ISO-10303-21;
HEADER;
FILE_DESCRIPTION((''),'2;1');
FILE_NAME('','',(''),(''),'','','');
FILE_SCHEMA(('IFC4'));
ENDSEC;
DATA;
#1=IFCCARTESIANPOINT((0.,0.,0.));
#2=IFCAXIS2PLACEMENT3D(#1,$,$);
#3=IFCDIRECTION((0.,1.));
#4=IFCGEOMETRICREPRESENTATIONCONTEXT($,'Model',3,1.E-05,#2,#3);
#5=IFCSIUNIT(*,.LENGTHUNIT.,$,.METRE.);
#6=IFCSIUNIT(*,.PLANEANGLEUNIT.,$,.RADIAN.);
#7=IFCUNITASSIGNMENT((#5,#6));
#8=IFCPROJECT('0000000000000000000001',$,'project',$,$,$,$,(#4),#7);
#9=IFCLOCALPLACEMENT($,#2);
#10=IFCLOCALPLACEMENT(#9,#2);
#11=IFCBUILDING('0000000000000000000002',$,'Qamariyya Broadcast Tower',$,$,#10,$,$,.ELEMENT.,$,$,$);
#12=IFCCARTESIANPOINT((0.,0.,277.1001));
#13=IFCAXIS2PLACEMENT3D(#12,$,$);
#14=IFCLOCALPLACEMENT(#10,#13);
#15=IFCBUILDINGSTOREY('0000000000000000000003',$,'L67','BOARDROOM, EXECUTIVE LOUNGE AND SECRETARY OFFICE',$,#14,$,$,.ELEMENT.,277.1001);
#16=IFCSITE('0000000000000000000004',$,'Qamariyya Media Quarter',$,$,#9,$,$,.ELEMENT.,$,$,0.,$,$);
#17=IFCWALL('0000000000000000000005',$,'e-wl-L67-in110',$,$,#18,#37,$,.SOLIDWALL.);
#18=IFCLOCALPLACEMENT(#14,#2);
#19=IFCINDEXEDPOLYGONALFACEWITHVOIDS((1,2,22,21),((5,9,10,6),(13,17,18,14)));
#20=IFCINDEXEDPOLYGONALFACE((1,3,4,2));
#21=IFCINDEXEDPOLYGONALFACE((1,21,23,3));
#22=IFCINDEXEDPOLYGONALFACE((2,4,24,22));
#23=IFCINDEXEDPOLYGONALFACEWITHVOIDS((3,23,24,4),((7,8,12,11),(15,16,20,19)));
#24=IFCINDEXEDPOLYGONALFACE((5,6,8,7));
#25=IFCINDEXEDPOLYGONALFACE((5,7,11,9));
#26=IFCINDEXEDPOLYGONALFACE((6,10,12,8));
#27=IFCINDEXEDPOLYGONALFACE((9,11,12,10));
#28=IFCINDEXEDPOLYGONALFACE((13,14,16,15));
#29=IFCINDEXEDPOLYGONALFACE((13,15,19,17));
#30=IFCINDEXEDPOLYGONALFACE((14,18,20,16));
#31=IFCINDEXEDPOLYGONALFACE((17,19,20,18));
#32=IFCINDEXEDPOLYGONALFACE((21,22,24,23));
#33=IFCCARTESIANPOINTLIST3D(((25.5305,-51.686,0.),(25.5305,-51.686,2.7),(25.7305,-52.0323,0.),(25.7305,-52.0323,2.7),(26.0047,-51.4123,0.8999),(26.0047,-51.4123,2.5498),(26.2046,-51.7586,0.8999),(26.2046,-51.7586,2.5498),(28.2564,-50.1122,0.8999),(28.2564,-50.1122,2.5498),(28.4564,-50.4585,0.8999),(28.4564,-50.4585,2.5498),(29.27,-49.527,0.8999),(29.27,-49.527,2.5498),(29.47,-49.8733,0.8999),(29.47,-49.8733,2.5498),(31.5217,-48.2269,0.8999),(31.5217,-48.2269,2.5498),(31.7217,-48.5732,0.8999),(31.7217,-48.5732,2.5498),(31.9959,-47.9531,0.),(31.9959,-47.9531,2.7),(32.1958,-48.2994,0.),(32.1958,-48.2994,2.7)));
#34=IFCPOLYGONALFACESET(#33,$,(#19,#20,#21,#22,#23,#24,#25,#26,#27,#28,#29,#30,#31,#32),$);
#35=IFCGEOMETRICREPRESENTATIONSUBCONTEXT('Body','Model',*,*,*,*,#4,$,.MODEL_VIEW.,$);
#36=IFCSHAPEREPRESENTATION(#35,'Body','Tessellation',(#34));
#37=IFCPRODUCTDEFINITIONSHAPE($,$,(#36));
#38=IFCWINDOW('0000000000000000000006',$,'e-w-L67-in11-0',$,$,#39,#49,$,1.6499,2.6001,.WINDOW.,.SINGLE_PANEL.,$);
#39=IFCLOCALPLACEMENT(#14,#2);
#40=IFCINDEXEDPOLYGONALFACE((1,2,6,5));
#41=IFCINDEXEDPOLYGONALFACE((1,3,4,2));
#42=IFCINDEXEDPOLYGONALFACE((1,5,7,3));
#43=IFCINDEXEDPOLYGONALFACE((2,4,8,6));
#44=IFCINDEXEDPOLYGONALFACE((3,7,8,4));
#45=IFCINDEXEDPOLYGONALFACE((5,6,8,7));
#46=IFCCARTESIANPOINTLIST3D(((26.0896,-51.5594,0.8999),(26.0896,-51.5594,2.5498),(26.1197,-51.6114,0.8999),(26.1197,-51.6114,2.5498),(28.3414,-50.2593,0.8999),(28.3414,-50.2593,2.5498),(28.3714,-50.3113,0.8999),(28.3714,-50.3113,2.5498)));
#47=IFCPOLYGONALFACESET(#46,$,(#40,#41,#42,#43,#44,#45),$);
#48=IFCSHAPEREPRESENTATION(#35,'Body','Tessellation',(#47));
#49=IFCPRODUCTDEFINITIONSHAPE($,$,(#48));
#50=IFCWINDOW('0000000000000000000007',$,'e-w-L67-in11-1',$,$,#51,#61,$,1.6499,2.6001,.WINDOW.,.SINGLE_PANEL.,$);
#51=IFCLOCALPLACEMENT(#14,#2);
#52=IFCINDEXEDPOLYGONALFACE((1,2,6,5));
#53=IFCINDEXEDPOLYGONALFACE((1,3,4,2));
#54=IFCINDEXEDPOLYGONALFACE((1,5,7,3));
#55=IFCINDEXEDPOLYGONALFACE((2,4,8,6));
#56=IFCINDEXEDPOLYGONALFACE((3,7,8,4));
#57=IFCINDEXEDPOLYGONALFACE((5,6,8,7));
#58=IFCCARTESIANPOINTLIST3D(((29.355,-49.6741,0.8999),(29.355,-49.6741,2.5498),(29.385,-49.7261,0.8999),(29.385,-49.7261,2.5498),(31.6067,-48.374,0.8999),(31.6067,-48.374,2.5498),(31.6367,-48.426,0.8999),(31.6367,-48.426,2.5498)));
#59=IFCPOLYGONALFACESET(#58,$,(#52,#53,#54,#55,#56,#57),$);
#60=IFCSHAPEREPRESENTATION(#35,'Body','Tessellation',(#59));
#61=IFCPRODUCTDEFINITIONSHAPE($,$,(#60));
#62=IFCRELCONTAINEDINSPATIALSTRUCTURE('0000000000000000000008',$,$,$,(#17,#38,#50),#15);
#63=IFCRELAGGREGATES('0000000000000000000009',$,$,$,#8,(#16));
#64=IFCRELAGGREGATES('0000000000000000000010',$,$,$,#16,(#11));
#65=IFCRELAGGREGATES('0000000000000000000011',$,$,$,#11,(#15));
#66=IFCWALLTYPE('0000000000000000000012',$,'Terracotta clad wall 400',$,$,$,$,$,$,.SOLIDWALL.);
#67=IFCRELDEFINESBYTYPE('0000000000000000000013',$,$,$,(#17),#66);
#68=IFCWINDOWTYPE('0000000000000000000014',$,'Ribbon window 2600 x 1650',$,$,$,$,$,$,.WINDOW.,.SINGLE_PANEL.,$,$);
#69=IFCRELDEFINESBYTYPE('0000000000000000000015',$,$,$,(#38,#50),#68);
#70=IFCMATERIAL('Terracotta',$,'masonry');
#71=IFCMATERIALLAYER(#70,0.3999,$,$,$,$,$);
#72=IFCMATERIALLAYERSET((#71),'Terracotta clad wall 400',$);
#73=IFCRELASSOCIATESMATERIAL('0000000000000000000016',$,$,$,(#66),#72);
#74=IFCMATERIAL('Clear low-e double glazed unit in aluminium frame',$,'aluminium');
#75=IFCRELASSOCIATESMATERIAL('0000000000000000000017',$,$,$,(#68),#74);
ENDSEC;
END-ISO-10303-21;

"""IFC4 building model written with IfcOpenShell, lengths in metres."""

from ifc_helpers import new_model, si_unit, direction, frame, frame_2d, origin, place, context, subcontext, project, spatial, rectangle, extrude, material, layer, layer_set, type_object, element, fill, save


model = new_model("IFC4")

# Units and contexts
model_context = context("Model", 3, precision=1e-05, world=origin(), true_north=direction((0.0, 1.0)))
body_context = subcontext(model_context, "Body", "Model", "MODEL_VIEW")
ifc_project = project(units=[si_unit("LENGTHUNIT", "METRE"), si_unit("PLANEANGLEUNIT", "RADIAN")], contexts=[model_context])

# Site, building, storey
site_placement = place(None, origin())
building_placement = place(site_placement, origin())
storey_placement = place(building_placement, frame((0.0, 0.0, 277.1001)))
site = spatial("IfcSite", under=ifc_project, at=site_placement, Name="Qamariyya Media Quarter", CompositionType="ELEMENT", RefElevation=0.0)
building = spatial("IfcBuilding", under=site, at=building_placement, Name="Qamariyya Broadcast Tower", CompositionType="ELEMENT")
storey = spatial("IfcBuildingStorey", under=building, at=storey_placement, Name="L67", Description="BOARDROOM, EXECUTIVE LOUNGE AND SECRETARY OFFICE", CompositionType="ELEMENT", Elevation=277.1001)

# Wall, openings, windows
ifc_material_1 = material(Name="Terracotta", Category="masonry")
ifc_layer = layer(ifc_material_1, 0.3999)
ifc_layer_set = layer_set([ifc_layer], Name="Terracotta clad wall 400")
wall_type = type_object("IfcWallType", Name="Terracotta clad wall 400", PredefinedType="SOLIDWALL", material=ifc_layer_set)
wall_placement = place(storey_placement, frame((32.0959, -48.1262, 0.0), z_axis=(0.0, 0.0, 1.0), x_axis=(-0.866017, -0.500015, 0.0)))
wall = element("IfcWall", 1, at=wall_placement, inside=storey, type_object=wall_type, Name="e-wl-L67-in110", PredefinedType="SOLIDWALL", context=body_context, shape_type="SweptSolid", body=[
    extrude(rectangle(XDim=7.4656, YDim=0.3999, at=frame_2d((3.7329, 0.0))), origin(), (0.0, 0.0, 1.0), 2.7),
])
opening_1_placement = place(wall_placement, frame((4.3181, 0.0, 0.8999)))
opening_1 = element("IfcOpeningElement", 2, at=opening_1_placement, cuts=wall, PredefinedType="OPENING", context=body_context, shape_type="SweptSolid", body=[
    extrude(rectangle(XDim=2.6001, YDim=1.6499, at=frame_2d((1.3, 0.825))), frame((0.0, 0.21, 0.0), z_axis=(0.0, -1.0, 0.0), x_axis=(1.0, 0.0, 0.0)), (0.0, 0.0, 1.0), 0.4199),
])
opening_2_placement = place(wall_placement, frame((0.5476, 0.0, 0.8999)))
opening_2 = element("IfcOpeningElement", 3, at=opening_2_placement, cuts=wall, PredefinedType="OPENING", context=body_context, shape_type="SweptSolid", body=[
    extrude(rectangle(XDim=2.6001, YDim=1.6499, at=frame_2d((1.3, 0.825))), frame((0.0, 0.21, 0.0), z_axis=(0.0, -1.0, 0.0), x_axis=(1.0, 0.0, 0.0)), (0.0, 0.0, 1.0), 0.4199),
])
ifc_material_2 = material(Name="Clear low-e double glazed unit in aluminium frame", Category="aluminium")
window_type = type_object("IfcWindowType", Name="Ribbon window 2600 x 1650", PartitioningType="SINGLE_PANEL", PredefinedType="WINDOW", material=ifc_material_2)
window_1_placement = place(opening_1_placement, origin())
window_1 = element("IfcWindow", 4, at=window_1_placement, inside=storey, type_object=window_type, Name="e-w-L67-in11-0", OverallHeight=1.6499, OverallWidth=2.6001, PartitioningType="SINGLE_PANEL", PredefinedType="WINDOW", context=body_context, shape_type="SweptSolid", body=[
    extrude(rectangle(XDim=2.6001, YDim=1.6499, at=frame_2d((1.3, 0.825))), frame((0.0, 0.03, 0.0), z_axis=(0.0, -1.0, 0.0), x_axis=(1.0, 0.0, 0.0)), (0.0, 0.0, 1.0), 0.0601),
])
fill(opening_1, window_1)
window_2_placement = place(opening_2_placement, origin())
window_2 = element("IfcWindow", 5, at=window_2_placement, inside=storey, type_object=window_type, Name="e-w-L67-in11-1", OverallHeight=1.6499, OverallWidth=2.6001, PartitioningType="SINGLE_PANEL", PredefinedType="WINDOW", context=body_context, shape_type="SweptSolid", body=[
    extrude(rectangle(XDim=2.6001, YDim=1.6499, at=frame_2d((1.3, 0.825))), frame((0.0, 0.03, 0.0), z_axis=(0.0, -1.0, 0.0), x_axis=(1.0, 0.0, 0.0)), (0.0, 0.0, 1.0), 0.0601),
])
fill(opening_2, window_2)

save(model, "model.ifc")
